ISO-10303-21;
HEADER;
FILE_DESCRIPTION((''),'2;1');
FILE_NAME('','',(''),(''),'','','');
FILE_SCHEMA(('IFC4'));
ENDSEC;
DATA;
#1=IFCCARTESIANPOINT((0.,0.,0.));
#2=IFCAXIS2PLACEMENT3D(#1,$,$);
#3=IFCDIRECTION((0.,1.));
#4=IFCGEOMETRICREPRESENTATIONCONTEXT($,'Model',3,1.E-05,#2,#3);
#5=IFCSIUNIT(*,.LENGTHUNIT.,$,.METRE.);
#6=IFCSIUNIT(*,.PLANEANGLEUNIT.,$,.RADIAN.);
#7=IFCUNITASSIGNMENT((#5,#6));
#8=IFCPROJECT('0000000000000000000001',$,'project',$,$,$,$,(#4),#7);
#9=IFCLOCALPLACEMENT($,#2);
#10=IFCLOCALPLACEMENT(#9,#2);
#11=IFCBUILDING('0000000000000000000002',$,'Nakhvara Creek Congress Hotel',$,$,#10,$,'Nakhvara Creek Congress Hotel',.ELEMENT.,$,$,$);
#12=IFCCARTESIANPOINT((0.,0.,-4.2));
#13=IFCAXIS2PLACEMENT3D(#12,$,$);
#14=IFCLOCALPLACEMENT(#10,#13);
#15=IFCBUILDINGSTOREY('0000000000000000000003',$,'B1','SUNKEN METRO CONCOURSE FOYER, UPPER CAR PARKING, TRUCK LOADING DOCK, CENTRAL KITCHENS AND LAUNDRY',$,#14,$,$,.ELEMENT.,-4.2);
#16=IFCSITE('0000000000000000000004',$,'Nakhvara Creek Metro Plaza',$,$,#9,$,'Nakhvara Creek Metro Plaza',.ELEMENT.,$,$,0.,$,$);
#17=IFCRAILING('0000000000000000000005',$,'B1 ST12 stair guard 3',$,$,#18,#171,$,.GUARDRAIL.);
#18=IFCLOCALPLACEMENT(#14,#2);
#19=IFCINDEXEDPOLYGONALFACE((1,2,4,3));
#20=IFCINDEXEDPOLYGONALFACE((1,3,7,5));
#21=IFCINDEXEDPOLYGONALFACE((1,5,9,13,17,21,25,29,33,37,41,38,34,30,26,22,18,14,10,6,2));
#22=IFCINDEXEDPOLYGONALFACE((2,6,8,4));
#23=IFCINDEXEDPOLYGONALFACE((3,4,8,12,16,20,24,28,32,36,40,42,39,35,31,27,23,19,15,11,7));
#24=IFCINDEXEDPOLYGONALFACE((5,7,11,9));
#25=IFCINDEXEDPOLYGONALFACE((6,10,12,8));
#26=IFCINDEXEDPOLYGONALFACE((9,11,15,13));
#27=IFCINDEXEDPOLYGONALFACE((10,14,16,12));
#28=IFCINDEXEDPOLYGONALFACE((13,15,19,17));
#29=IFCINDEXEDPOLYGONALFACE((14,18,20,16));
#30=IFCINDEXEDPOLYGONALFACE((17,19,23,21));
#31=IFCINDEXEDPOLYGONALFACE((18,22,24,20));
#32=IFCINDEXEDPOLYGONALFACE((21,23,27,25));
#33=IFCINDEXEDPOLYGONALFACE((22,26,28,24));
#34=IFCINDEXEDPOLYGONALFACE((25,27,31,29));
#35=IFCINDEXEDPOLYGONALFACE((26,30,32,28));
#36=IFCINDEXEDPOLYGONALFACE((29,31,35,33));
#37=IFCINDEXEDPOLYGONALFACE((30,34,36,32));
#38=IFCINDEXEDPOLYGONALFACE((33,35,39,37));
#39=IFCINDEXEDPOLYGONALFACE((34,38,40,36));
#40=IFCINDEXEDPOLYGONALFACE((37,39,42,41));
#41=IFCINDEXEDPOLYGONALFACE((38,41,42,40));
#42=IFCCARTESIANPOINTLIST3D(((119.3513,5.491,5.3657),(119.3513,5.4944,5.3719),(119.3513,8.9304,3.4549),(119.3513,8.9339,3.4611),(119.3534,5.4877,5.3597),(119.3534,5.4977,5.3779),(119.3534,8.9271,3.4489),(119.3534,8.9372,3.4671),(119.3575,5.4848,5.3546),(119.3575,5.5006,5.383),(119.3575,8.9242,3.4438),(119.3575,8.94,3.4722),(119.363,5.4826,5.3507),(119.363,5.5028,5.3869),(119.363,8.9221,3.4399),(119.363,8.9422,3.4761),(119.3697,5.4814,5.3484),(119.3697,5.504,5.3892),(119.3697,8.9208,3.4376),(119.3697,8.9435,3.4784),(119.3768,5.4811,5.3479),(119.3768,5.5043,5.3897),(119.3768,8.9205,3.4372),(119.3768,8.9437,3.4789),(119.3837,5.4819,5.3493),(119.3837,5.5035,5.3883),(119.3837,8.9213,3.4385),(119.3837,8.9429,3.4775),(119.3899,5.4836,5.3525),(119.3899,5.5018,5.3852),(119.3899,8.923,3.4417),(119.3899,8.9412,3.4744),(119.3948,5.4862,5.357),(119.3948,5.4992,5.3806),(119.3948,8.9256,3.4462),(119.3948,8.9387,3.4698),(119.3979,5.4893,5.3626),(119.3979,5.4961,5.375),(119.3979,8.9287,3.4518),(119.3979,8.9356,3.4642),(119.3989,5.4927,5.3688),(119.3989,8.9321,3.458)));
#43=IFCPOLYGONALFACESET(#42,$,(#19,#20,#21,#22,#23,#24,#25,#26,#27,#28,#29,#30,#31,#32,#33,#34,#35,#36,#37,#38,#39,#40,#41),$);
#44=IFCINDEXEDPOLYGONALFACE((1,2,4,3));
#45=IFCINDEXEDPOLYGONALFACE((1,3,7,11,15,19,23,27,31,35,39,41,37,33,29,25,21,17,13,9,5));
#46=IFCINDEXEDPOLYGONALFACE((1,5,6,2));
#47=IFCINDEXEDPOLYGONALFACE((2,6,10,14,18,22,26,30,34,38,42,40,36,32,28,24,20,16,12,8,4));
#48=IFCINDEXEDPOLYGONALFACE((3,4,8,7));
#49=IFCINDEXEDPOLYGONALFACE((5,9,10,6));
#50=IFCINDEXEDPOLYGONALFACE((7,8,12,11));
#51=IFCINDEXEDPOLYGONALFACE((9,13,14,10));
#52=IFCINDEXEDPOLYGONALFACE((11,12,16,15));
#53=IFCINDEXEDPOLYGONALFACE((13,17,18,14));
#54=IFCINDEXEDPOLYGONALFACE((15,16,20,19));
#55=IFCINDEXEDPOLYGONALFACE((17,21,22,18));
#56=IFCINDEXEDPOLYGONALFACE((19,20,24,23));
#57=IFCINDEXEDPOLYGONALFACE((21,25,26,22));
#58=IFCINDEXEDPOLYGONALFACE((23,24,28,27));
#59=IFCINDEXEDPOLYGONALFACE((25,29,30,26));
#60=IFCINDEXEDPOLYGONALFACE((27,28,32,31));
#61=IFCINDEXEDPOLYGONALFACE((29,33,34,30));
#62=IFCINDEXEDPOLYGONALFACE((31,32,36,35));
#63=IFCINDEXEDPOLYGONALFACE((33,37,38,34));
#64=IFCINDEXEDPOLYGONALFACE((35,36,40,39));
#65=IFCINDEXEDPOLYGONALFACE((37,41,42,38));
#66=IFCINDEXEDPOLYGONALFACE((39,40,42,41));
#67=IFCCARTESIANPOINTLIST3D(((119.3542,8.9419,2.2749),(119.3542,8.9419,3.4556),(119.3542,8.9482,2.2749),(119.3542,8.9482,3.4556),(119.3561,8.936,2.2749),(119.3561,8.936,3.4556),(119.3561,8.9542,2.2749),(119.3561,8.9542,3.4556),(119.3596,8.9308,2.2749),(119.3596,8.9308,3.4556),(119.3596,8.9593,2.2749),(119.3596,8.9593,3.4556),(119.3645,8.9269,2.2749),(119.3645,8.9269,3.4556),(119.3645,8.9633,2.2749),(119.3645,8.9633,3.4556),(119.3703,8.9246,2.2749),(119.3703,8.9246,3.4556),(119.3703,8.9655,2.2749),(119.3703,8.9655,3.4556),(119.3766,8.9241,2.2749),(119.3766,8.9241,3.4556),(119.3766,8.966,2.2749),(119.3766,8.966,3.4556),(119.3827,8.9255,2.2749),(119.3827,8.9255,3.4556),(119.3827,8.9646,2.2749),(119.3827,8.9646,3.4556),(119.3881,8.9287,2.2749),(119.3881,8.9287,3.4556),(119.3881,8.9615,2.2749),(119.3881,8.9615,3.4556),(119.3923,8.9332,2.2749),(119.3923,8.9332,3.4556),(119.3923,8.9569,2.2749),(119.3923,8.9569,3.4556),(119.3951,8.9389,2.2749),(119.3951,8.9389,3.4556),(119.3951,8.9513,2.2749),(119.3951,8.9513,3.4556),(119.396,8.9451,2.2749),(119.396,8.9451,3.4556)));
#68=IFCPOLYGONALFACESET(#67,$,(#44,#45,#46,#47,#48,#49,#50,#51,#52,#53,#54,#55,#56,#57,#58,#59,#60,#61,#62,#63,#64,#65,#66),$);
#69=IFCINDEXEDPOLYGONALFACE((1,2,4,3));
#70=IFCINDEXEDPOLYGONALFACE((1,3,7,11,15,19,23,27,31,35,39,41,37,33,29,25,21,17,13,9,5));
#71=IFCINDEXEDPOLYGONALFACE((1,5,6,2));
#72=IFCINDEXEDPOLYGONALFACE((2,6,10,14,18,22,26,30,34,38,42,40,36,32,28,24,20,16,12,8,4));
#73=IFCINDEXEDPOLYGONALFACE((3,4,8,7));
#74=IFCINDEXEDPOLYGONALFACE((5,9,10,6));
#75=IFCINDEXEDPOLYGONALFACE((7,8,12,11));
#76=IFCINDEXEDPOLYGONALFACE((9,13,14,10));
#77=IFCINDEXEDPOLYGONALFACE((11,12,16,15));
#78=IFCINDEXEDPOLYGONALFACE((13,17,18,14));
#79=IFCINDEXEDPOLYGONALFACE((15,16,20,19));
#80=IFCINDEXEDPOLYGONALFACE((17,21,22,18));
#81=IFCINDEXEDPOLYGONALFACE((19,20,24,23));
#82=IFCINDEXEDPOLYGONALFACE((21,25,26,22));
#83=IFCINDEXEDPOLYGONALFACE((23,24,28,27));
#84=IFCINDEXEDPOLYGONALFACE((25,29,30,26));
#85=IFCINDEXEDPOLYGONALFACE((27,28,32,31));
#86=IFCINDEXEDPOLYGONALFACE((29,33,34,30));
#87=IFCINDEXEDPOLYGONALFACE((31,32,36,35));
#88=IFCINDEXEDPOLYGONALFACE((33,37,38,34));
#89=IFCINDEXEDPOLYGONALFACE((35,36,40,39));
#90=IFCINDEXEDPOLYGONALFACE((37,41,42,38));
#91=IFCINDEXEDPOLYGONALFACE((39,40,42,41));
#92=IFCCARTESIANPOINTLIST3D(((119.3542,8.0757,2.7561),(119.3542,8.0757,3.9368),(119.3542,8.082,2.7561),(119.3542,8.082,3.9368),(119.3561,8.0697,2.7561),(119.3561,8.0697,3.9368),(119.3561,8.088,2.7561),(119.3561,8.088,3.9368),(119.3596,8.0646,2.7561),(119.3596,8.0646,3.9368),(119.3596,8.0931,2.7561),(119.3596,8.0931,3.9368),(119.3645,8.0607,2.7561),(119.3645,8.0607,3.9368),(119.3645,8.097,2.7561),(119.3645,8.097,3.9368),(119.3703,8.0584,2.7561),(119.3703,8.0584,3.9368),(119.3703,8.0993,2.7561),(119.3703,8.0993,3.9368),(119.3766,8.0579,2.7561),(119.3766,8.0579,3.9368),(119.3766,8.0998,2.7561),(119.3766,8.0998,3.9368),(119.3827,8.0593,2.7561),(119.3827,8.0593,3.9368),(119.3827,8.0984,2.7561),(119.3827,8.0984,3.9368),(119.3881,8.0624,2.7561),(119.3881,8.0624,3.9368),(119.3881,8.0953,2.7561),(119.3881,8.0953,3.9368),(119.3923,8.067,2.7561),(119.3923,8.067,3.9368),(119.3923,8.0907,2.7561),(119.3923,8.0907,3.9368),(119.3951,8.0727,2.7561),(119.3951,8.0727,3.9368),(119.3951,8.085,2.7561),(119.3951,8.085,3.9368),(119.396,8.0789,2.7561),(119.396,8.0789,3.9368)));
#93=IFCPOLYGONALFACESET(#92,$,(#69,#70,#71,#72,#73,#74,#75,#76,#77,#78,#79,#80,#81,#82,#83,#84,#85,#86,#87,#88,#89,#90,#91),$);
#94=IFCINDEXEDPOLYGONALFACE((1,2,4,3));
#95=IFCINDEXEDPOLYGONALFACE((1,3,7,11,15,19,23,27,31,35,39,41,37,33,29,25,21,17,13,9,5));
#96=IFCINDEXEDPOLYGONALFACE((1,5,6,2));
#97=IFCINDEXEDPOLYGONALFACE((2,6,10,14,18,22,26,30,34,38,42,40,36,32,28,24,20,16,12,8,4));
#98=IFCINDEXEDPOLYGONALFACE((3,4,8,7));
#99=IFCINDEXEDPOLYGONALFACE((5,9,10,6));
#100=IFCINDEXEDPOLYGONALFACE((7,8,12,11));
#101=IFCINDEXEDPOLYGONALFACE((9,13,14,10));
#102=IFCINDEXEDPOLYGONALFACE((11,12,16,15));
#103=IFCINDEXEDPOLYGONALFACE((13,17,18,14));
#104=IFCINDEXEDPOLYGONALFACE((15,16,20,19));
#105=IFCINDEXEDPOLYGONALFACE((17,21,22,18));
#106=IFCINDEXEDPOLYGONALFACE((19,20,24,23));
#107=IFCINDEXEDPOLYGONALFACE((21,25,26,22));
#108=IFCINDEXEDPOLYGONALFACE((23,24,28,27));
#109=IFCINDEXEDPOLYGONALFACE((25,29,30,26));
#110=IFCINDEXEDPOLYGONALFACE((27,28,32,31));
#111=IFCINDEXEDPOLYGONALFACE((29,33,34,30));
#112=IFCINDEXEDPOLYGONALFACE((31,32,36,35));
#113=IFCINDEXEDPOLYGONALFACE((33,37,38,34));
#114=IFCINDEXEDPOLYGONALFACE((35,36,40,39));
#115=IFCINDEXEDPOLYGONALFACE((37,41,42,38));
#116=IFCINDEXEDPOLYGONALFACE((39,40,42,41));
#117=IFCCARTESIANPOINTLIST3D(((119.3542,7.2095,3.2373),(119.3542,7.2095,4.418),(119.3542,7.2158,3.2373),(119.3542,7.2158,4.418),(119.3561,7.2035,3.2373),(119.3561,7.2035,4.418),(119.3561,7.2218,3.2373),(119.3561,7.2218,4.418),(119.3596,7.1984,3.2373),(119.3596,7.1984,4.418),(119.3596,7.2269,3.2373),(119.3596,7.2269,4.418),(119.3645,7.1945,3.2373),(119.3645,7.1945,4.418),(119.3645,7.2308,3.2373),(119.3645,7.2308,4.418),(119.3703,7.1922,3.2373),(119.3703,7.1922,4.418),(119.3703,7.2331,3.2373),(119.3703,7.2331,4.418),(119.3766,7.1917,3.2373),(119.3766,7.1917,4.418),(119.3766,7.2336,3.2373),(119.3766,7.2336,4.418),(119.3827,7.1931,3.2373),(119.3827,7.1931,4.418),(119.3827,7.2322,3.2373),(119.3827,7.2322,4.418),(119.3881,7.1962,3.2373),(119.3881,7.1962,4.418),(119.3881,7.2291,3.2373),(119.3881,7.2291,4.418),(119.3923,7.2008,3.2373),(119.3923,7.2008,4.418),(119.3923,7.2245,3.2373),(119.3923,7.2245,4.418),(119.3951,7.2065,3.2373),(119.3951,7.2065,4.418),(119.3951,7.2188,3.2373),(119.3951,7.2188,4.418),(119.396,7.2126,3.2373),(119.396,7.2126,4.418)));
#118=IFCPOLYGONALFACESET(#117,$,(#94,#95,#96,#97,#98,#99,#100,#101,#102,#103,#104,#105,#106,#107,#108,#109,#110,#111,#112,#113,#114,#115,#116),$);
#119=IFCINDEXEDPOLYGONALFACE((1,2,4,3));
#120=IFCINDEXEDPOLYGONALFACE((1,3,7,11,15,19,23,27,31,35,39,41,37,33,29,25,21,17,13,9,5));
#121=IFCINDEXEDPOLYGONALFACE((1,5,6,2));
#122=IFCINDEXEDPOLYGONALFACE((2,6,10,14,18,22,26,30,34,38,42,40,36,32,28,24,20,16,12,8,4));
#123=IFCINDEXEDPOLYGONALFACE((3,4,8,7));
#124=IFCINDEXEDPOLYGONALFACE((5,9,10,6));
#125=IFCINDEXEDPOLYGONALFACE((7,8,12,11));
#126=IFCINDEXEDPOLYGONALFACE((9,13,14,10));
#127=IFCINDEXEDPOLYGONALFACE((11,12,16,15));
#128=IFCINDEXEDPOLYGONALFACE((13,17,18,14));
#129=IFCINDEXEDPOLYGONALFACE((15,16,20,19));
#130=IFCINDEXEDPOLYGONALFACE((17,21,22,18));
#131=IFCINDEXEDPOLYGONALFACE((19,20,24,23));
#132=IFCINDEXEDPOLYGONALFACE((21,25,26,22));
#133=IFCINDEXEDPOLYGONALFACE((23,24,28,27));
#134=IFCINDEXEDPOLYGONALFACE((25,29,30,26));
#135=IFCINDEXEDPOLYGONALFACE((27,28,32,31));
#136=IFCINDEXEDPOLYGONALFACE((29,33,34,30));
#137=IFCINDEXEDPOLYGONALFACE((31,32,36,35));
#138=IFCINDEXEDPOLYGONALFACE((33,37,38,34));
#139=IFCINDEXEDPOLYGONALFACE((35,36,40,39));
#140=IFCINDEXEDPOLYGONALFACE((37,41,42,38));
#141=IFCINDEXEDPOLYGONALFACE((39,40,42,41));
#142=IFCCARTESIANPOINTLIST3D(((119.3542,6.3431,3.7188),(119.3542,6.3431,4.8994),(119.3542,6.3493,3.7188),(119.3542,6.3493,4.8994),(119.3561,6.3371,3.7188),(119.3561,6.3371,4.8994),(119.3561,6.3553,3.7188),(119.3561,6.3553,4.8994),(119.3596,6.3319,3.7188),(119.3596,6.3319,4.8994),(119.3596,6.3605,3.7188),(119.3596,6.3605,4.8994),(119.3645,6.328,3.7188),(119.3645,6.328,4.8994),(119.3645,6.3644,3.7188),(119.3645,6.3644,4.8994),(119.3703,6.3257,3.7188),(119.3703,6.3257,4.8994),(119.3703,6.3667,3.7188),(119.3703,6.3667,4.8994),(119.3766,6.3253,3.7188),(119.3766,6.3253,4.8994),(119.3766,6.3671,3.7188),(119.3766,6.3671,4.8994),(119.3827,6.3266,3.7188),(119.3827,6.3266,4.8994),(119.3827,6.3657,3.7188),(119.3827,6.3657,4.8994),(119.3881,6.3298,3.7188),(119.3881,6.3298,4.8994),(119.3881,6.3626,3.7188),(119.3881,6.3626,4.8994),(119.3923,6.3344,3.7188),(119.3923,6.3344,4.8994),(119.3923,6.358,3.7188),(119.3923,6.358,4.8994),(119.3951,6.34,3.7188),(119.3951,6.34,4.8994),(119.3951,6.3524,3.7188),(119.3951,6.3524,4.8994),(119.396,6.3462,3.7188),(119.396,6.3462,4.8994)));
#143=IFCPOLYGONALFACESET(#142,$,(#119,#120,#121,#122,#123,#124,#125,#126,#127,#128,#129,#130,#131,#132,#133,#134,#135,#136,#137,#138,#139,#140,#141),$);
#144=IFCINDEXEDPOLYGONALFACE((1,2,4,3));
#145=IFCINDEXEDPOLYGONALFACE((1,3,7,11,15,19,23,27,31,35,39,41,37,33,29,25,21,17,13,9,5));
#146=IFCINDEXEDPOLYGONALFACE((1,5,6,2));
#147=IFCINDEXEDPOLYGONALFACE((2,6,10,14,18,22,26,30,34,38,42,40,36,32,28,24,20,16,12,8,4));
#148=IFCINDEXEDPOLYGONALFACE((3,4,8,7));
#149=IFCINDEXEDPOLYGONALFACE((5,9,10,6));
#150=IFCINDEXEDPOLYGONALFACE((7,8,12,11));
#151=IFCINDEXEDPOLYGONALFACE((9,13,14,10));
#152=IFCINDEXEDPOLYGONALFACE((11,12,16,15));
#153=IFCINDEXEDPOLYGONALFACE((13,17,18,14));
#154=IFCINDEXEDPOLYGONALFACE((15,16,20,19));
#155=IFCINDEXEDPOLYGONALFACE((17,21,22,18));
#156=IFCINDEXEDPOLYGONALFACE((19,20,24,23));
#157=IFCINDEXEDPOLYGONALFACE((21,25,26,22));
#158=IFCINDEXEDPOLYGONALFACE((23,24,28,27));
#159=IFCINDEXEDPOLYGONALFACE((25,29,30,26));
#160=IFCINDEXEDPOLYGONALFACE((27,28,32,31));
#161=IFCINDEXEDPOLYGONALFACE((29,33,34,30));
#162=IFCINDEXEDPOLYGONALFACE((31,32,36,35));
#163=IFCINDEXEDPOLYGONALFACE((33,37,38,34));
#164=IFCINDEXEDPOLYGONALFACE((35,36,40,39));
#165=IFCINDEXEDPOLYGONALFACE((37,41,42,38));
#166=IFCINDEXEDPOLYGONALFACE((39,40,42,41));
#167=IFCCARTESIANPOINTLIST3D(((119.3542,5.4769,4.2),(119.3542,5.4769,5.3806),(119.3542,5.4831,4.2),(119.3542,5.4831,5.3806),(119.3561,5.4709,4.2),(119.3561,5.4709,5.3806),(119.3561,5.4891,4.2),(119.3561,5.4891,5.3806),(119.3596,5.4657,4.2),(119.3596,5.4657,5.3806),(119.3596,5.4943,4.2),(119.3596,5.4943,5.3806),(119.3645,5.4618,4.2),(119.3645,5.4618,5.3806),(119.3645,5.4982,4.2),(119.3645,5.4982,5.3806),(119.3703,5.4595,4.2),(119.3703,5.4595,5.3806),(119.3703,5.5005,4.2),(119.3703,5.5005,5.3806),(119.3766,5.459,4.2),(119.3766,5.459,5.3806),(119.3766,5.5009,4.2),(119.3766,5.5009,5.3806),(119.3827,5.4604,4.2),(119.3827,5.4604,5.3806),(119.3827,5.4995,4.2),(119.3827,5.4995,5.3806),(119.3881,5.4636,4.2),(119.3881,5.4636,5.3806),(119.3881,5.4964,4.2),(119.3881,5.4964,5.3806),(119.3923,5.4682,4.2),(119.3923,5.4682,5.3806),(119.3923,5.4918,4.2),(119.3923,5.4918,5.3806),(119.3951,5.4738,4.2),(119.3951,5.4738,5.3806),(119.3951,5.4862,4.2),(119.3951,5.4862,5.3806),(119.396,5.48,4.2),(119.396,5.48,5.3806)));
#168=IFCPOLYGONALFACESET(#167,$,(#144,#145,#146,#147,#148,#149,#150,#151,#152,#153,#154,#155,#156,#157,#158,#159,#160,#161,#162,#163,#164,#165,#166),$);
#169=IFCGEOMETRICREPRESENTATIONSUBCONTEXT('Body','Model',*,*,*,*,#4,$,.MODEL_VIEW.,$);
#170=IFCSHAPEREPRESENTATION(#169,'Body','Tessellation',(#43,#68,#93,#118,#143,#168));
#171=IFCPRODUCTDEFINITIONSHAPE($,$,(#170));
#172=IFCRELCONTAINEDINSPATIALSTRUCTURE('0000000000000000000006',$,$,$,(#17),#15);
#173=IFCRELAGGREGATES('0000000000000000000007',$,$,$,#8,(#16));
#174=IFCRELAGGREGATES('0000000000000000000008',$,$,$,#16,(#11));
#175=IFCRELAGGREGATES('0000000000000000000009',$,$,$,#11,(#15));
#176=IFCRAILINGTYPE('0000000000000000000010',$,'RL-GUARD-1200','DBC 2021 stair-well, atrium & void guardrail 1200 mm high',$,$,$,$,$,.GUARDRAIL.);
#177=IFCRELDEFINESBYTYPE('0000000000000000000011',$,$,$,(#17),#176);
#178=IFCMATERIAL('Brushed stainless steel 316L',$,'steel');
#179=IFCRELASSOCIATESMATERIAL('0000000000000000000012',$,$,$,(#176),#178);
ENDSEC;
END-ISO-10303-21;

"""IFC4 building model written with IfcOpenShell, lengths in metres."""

from ifc_helpers import new_model, si_unit, direction, frame, origin, origin_2d, place, context, subcontext, project, spatial, circle, extrude, material, type_object, element, save


model = new_model("IFC4")

# Units and contexts
model_context = context("Model", 3, precision=1e-05, world=origin(), true_north=direction((0.0, 1.0)))
body_context = subcontext(model_context, "Body", "Model", "MODEL_VIEW")
ifc_project = project(units=[si_unit("LENGTHUNIT", "METRE"), si_unit("PLANEANGLEUNIT", "RADIAN")], contexts=[model_context])

# Site, building, storey
site_placement = place(None, origin())
site = spatial("IfcSite", under=ifc_project, at=site_placement, Name="Nakhvara Creek Metro Plaza", LongName="Nakhvara Creek Metro Plaza", CompositionType="ELEMENT", RefElevation=0.0)
building_placement = place(site_placement, origin())
building = spatial("IfcBuilding", under=site, at=building_placement, Name="Nakhvara Creek Congress Hotel", LongName="Nakhvara Creek Congress Hotel", CompositionType="ELEMENT")
storey_placement = place(building_placement, frame((0.0, 0.0, -4.2)))
storey = spatial("IfcBuildingStorey", under=building, at=storey_placement, Name="B1", Description="SUNKEN METRO CONCOURSE FOYER, UPPER CAR PARKING, TRUCK LOADING DOCK, CENTRAL KITCHENS AND LAUNDRY", CompositionType="ELEMENT", Elevation=-4.2)

# Railing
ifc_material_1 = material(Name="Brushed stainless steel 316L", Category="steel")
railing_type_1 = type_object("IfcRailingType", Name="RL-GUARD-1200", Description="DBC 2021 stair-well, atrium & void guardrail 1200 mm high", PredefinedType="GUARDRAIL", material=ifc_material_1)
railing_1_placement = place(storey_placement, frame((119.375, 8.9451, 2.2749)))
element("IfcRailing", 1, at=railing_1_placement, inside=storey, type_object=railing_type_1, Name="B1 ST12 stair guard 3", PredefinedType="GUARDRAIL", context=body_context, shape_type="SweptSolid", body=[
    extrude(circle(Radius=0.0239, at=origin_2d()), frame((0.0, -0.0129, 1.1831), z_axis=(0.0, -0.874157, 0.485643), x_axis=(1.0, 0.0, 0.0)), (0.0, 0.0, 1.0), 3.9346),
    extrude(circle(Radius=0.021, at=origin_2d()), origin(), (0.0, 0.0, 1.0), 1.1807),
    extrude(circle(Radius=0.021, at=origin_2d()), frame((0.0, -0.8662, 0.4812)), (0.0, 0.0, 1.0), 1.1807),
    extrude(circle(Radius=0.021, at=origin_2d()), frame((0.0, -1.7324, 0.9624)), (0.0, 0.0, 1.0), 1.1807),
    extrude(circle(Radius=0.021, at=origin_2d()), frame((0.0, -2.5989, 1.4438)), (0.0, 0.0, 1.0), 1.1807),
    extrude(circle(Radius=0.021, at=origin_2d()), frame((0.0, -3.4651, 1.925)), (0.0, 0.0, 1.0), 1.1807),
])

save(model, "model.ifc")
